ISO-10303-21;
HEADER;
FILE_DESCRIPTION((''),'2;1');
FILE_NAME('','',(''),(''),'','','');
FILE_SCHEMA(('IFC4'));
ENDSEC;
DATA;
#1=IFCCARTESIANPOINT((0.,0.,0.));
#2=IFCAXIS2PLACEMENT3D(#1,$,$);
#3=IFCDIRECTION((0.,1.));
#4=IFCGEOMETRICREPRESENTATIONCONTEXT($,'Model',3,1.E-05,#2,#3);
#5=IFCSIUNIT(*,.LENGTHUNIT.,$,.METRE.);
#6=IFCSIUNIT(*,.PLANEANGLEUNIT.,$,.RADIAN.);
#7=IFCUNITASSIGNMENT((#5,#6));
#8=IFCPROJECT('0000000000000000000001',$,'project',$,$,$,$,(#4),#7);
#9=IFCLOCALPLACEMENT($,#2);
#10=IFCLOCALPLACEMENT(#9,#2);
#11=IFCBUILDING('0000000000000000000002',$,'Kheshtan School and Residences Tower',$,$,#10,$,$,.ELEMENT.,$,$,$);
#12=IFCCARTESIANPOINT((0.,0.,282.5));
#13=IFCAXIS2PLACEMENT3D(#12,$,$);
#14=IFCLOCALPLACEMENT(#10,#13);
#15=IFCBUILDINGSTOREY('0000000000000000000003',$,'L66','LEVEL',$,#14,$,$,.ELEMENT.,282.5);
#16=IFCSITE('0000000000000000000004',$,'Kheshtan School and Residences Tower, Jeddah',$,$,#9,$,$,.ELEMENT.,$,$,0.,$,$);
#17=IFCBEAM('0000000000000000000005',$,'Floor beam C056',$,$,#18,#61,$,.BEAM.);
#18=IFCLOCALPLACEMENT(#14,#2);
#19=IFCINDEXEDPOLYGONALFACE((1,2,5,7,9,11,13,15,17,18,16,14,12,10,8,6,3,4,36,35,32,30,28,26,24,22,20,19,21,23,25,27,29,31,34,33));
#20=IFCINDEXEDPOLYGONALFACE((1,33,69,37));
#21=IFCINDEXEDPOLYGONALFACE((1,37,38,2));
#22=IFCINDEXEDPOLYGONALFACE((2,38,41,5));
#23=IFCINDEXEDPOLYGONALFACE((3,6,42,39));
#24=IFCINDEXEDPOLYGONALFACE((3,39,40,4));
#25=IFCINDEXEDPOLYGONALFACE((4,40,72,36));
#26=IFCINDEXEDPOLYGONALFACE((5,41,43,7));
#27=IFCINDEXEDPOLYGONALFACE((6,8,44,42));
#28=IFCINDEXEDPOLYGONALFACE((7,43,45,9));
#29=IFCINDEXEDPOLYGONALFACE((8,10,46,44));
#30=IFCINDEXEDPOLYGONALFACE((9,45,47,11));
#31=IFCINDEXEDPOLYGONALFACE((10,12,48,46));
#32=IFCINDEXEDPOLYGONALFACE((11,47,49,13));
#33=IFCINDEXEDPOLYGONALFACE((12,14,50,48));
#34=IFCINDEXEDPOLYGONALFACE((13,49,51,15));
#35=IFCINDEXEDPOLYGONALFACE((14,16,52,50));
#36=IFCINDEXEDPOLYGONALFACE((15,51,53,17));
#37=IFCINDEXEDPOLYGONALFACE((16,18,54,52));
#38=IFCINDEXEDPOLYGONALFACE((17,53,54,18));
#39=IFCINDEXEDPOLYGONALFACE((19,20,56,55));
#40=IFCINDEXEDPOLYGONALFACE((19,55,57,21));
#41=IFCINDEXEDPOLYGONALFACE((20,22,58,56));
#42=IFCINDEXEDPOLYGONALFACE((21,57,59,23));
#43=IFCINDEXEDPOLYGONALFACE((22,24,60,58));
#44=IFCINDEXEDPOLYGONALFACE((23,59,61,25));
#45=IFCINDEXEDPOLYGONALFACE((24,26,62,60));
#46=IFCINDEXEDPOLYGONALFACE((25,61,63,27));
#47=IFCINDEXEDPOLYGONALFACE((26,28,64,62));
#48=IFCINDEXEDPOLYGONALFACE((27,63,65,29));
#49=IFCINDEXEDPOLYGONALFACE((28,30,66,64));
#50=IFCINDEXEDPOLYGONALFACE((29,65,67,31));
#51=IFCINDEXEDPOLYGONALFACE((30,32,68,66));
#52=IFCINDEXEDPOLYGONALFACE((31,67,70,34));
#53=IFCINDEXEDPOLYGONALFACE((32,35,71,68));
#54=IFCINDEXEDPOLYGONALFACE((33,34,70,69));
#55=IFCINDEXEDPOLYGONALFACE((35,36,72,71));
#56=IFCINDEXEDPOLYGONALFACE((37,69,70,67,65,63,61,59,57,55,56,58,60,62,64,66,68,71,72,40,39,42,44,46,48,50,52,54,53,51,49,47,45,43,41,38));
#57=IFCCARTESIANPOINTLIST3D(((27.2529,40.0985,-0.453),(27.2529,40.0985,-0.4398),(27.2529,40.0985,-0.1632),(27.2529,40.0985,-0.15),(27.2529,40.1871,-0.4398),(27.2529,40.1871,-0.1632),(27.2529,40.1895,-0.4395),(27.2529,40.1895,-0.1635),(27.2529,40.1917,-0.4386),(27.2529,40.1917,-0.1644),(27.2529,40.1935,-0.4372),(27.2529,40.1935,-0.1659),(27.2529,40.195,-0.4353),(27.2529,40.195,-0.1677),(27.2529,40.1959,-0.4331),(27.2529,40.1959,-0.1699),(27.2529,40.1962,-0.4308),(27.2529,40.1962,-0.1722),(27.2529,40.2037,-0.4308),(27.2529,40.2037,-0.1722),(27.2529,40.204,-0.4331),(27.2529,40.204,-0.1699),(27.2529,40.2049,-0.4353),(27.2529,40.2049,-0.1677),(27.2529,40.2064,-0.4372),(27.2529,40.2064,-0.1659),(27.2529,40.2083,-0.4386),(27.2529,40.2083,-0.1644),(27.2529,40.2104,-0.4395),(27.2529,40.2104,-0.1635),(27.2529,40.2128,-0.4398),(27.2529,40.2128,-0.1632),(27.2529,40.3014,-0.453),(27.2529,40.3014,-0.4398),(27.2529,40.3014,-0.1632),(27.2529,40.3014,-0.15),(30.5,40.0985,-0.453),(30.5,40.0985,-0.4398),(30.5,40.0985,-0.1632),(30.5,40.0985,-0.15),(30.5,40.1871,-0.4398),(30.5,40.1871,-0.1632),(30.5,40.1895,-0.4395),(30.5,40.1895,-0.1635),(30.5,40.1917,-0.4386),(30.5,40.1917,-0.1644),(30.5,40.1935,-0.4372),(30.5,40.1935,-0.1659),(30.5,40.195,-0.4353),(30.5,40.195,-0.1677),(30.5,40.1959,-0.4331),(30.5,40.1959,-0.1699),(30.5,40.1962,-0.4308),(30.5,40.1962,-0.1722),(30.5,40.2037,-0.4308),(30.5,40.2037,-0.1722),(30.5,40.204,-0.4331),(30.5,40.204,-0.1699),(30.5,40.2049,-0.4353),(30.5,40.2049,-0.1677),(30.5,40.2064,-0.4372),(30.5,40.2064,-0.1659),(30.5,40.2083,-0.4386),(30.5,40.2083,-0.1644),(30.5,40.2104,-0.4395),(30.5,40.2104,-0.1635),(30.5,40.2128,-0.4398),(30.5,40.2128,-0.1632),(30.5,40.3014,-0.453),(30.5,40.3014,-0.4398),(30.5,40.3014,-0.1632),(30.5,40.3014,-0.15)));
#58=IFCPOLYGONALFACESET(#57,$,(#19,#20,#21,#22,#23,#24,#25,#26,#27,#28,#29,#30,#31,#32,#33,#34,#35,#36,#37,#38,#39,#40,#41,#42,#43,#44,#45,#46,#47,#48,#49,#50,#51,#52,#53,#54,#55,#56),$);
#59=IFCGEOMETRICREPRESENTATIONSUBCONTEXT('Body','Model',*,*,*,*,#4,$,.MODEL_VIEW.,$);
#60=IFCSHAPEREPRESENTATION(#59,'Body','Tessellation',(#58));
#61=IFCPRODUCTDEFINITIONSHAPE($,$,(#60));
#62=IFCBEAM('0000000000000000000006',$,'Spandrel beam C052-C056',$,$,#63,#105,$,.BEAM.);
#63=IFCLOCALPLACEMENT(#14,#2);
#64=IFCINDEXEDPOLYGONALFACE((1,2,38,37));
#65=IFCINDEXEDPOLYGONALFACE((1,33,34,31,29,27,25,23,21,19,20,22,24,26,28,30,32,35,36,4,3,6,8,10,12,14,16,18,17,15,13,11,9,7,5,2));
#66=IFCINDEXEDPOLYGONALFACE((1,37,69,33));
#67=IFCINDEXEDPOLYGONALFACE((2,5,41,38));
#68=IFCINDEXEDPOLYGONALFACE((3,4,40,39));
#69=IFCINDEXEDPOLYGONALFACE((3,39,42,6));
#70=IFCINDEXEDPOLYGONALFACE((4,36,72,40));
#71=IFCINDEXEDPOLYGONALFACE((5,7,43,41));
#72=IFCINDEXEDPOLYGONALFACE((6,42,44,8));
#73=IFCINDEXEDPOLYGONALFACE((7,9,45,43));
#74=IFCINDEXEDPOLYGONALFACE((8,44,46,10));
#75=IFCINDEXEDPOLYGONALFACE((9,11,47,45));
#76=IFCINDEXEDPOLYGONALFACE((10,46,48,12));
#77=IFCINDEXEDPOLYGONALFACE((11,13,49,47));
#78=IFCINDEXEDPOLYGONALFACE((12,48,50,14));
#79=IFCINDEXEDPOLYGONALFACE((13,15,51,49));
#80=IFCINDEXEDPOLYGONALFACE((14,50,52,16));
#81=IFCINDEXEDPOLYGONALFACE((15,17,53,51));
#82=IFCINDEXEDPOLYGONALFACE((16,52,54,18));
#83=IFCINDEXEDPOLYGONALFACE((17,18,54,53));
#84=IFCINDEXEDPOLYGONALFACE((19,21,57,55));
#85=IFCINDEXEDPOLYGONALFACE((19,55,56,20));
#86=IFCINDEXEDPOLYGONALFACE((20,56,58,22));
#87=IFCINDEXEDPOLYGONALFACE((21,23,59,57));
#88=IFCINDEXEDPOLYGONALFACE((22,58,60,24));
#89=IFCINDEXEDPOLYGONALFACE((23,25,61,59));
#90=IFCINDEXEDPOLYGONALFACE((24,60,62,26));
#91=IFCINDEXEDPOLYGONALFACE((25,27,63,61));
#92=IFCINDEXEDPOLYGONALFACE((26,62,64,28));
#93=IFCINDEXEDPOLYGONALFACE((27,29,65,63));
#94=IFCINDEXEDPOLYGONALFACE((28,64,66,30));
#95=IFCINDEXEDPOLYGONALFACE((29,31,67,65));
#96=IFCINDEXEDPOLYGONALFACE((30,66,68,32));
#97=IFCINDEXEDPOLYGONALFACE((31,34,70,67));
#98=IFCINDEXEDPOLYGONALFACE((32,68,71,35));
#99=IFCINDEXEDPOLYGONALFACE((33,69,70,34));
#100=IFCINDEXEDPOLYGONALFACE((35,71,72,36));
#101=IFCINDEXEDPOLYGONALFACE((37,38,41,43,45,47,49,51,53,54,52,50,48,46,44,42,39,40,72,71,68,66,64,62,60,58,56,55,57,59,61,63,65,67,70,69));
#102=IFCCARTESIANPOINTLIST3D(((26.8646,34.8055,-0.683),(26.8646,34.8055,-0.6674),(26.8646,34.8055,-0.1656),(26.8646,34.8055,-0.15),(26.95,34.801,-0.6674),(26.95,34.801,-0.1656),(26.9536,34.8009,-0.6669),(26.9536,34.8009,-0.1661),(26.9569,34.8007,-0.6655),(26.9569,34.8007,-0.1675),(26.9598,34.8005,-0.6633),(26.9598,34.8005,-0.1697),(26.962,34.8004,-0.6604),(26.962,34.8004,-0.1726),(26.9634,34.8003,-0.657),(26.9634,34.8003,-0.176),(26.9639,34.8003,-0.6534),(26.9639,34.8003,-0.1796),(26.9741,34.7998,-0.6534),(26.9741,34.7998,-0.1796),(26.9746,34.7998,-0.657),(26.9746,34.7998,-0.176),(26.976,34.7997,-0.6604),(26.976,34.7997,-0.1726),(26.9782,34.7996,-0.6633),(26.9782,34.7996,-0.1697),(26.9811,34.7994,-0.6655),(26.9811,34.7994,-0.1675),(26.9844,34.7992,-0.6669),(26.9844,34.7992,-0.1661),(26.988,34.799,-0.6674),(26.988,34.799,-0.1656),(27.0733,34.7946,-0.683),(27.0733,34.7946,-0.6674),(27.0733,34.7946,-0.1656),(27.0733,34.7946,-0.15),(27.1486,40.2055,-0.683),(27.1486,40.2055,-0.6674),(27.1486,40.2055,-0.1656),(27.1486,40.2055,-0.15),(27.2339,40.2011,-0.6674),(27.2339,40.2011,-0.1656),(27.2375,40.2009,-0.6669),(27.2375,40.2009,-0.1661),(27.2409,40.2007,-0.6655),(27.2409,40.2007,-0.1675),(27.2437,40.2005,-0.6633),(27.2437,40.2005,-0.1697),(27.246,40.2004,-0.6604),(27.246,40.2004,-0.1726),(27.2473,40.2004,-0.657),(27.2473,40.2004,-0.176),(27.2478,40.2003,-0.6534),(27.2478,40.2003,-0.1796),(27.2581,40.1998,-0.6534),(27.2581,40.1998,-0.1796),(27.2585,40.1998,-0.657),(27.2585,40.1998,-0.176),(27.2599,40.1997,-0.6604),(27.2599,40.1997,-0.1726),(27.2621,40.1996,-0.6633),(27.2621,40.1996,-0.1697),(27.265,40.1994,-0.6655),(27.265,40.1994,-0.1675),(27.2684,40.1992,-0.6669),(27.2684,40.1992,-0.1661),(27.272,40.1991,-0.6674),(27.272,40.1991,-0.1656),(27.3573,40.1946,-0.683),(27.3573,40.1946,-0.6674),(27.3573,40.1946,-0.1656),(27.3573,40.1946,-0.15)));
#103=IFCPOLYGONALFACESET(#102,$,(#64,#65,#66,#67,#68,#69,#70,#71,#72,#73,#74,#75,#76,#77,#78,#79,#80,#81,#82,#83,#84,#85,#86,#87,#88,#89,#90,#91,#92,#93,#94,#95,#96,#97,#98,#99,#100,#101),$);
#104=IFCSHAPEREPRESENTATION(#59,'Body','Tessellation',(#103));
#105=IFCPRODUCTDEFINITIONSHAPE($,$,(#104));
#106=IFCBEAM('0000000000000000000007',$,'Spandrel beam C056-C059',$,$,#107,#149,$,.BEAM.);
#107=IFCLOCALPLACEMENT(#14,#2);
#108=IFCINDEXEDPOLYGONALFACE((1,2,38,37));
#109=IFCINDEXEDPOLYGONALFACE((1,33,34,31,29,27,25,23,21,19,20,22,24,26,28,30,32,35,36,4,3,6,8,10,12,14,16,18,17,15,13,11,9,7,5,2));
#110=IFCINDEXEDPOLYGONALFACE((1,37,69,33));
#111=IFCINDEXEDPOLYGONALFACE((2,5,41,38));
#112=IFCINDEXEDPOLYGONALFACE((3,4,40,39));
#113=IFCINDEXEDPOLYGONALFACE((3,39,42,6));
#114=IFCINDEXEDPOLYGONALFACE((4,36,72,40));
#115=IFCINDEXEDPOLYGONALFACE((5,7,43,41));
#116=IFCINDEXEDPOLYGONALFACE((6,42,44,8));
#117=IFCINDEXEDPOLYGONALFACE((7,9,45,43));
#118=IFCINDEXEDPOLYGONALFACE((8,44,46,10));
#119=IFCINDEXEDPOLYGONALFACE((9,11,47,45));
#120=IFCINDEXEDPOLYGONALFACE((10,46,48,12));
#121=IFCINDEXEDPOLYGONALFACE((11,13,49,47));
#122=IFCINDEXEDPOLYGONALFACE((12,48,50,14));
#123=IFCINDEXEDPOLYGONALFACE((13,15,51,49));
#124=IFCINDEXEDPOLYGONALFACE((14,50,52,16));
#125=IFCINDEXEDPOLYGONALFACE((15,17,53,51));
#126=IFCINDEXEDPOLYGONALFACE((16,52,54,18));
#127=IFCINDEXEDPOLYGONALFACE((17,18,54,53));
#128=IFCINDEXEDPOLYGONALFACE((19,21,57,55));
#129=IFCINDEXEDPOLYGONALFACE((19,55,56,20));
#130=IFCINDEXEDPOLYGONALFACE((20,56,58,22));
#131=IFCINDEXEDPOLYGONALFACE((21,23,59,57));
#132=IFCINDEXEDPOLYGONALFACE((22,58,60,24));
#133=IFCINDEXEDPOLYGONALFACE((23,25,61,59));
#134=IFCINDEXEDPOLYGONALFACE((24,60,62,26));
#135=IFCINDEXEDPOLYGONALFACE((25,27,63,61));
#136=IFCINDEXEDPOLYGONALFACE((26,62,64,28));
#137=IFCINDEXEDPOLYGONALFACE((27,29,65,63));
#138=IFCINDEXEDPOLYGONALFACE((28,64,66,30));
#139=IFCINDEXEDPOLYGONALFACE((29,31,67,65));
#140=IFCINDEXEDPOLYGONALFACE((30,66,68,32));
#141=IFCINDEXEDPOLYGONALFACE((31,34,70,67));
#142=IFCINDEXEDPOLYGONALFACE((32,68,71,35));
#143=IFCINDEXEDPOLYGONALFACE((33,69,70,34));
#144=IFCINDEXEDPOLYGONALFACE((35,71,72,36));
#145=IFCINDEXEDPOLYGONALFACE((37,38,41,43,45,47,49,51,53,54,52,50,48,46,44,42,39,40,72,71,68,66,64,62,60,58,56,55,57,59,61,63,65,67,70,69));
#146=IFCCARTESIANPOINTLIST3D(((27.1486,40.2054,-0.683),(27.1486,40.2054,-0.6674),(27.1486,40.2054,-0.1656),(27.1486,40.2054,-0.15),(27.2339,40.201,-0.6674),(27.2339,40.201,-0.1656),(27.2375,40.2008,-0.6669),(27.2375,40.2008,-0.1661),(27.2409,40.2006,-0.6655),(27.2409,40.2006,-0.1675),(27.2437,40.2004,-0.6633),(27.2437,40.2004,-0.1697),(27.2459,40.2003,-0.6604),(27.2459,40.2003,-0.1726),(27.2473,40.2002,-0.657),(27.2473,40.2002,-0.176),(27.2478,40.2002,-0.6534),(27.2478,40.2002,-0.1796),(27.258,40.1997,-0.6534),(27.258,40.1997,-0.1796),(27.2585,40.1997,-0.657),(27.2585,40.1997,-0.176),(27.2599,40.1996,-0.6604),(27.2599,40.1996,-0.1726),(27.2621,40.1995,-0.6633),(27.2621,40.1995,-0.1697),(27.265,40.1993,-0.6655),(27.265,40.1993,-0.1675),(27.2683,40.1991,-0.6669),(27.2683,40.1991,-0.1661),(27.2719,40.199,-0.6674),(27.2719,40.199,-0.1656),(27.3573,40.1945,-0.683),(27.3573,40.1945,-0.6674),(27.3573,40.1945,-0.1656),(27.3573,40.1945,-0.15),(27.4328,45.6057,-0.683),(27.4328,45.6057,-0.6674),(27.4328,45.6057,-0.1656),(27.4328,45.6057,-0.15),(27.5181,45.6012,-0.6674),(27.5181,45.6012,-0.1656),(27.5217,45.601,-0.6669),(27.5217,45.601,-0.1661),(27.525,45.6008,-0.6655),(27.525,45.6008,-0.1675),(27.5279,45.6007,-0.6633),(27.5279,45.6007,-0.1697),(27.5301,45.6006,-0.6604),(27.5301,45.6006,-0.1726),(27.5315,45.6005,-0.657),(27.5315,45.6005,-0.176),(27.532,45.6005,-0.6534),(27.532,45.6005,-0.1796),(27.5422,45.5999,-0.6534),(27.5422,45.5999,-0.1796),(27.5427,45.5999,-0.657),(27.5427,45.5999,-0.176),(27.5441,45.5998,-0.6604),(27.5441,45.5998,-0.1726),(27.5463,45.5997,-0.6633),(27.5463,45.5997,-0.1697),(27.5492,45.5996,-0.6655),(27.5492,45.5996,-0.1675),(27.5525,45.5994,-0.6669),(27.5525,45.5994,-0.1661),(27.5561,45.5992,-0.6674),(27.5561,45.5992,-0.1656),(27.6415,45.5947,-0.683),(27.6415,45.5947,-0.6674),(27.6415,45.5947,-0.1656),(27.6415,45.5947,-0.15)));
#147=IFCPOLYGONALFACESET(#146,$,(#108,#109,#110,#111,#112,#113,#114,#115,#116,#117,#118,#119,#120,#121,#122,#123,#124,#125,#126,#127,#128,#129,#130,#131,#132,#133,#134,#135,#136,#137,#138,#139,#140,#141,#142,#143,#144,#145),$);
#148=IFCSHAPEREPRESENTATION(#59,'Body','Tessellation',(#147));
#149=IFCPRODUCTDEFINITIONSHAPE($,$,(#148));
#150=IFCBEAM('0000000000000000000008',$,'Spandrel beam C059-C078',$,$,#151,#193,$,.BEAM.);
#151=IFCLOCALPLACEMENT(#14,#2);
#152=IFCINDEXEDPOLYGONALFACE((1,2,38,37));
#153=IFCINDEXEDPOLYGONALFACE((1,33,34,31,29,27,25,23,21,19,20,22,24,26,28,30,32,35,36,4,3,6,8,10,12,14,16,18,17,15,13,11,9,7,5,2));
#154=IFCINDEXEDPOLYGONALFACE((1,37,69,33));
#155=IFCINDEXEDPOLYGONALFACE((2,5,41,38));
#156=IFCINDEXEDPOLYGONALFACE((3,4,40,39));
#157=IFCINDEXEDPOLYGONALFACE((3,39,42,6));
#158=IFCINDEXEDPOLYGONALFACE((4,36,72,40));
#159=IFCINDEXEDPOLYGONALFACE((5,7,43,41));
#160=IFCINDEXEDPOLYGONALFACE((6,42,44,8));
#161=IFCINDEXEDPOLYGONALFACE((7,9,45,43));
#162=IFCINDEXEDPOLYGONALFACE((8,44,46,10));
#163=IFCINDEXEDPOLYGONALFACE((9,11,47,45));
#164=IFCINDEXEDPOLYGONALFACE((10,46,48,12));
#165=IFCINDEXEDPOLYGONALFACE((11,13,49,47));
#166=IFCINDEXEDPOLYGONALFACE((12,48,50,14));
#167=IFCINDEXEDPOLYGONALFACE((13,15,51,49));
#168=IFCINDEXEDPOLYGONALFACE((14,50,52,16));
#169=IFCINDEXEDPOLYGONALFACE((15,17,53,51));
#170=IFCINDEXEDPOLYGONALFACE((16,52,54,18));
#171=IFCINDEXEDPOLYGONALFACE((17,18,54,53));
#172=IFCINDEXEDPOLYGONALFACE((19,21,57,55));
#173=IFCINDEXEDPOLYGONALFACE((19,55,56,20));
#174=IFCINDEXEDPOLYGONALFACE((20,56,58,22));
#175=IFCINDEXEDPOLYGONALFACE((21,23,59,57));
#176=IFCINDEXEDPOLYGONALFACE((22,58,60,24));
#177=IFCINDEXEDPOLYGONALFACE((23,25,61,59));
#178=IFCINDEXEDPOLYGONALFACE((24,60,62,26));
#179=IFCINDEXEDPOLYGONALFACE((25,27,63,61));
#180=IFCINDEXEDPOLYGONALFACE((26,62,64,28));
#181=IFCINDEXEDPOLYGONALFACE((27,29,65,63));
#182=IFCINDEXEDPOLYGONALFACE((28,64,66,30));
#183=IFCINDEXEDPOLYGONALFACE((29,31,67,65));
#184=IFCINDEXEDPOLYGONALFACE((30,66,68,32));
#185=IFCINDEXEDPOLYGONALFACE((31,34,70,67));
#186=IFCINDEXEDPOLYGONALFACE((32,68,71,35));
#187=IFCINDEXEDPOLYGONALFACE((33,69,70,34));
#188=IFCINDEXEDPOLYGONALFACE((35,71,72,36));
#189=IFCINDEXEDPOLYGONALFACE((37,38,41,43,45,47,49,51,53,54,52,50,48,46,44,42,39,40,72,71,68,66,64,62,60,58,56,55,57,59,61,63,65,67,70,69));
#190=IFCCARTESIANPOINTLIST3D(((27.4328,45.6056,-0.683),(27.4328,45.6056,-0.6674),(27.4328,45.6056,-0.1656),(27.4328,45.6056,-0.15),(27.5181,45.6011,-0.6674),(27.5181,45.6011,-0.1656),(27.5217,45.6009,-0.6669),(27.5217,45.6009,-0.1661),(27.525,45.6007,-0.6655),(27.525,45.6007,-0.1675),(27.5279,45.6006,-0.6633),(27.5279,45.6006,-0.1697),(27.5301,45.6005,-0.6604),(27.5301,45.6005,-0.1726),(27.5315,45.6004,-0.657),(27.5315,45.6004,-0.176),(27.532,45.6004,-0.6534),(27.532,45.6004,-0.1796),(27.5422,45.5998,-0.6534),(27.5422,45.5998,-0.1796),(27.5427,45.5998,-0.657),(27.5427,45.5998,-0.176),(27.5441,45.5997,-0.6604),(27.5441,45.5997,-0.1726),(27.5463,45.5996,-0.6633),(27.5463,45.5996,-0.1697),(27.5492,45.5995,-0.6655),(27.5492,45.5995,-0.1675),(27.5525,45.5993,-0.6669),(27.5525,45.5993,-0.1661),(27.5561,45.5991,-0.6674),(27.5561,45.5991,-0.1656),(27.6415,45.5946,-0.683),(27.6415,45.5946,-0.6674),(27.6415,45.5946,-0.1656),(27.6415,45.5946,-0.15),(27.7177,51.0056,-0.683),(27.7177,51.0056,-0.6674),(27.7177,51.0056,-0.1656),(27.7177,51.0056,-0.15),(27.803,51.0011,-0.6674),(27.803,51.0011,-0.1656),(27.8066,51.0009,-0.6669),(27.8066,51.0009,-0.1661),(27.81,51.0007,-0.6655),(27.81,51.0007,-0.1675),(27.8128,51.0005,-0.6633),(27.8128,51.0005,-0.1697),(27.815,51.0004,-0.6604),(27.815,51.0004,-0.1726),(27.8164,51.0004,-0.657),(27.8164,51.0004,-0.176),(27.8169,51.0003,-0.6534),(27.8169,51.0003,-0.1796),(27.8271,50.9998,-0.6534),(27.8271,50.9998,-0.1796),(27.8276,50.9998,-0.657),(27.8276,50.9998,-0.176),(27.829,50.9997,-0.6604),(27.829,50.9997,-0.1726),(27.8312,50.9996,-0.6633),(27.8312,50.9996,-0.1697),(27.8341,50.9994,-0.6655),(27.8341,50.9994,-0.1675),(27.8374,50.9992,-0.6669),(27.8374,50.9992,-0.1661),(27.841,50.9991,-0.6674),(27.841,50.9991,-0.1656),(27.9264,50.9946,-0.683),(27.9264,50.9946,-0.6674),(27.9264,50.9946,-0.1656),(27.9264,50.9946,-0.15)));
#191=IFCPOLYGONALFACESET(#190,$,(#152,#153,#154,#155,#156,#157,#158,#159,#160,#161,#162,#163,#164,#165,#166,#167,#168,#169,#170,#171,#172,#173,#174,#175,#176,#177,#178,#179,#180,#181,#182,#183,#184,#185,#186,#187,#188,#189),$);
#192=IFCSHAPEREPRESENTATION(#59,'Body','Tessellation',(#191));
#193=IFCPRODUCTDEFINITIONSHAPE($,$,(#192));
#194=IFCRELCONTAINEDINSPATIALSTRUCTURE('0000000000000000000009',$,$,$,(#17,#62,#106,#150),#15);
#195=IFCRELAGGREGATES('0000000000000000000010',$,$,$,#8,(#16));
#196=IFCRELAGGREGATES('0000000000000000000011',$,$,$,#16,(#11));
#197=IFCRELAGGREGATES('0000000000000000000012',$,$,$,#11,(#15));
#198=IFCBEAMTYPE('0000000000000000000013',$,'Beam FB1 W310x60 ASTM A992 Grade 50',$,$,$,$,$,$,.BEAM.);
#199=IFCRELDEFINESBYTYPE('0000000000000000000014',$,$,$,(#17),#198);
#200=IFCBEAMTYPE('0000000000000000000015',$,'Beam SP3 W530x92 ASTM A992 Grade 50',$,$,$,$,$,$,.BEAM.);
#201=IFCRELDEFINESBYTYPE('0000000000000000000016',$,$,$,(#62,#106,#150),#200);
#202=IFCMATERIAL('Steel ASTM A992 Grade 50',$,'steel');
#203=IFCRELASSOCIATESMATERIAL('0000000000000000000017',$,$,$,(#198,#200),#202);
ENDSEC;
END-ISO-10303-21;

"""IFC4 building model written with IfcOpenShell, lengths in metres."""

from ifc_helpers import new_model, si_unit, direction, frame, origin, origin_2d, place, context, subcontext, project, spatial, i_section, extrude, material, material_profile, profile_set, type_object, element, save


model = new_model("IFC4")

# Units and contexts
model_context = context("Model", 3, precision=1e-05, world=origin(), true_north=direction((0.0, 1.0)))
body_context = subcontext(model_context, "Body", "Model", "MODEL_VIEW")
ifc_project = project(units=[si_unit("LENGTHUNIT", "METRE"), si_unit("PLANEANGLEUNIT", "RADIAN")], contexts=[model_context])

# Site, building, storey
site_placement = place(None, origin())
site = spatial("IfcSite", under=ifc_project, at=site_placement, Name="Kheshtan School and Residences Tower, Jeddah", CompositionType="ELEMENT", RefElevation=0.0)
building_placement = place(site_placement, origin())
building = spatial("IfcBuilding", under=site, at=building_placement, Name="Kheshtan School and Residences Tower", CompositionType="ELEMENT")
storey_placement = place(building_placement, frame((0.0, 0.0, 282.5)))
storey = spatial("IfcBuildingStorey", under=building, at=storey_placement, Name="L66", Description="LEVEL", CompositionType="ELEMENT", Elevation=282.5)

# Shared definitions
ifc_material_1 = material(Name="Steel ASTM A992 Grade 50", Category="steel")

# Beams
ifc_material_profile_1 = material_profile(ifc_material_1, i_section(OverallWidth=0.2029, OverallDepth=0.303, WebThickness=0.0076, FlangeThickness=0.0132, FilletRadius=0.009, at=origin_2d()), Name="W310x60")
ifc_profile_set_1 = profile_set([ifc_material_profile_1], Name="Steel ASTM A992 Grade 50")
beam_type_1 = type_object("IfcBeamType", Name="Beam FB1 W310x60 ASTM A992 Grade 50", PredefinedType="BEAM", material=ifc_profile_set_1)
beam_1_placement = place(storey_placement, frame((27.2529, 40.2, -0.3015), z_axis=(1.0, 0.0, 0.0), x_axis=(0.0, 1.0, 0.0)))
element("IfcBeam", 1, at=beam_1_placement, inside=storey, type_object=beam_type_1, Name="Floor beam C056", PredefinedType="BEAM", context=body_context, shape_type="SweptSolid", body=[
    extrude(i_section(OverallWidth=0.2029, OverallDepth=0.303, WebThickness=0.0076, FlangeThickness=0.0132, FilletRadius=0.009, at=origin_2d()), origin(), (0.0, 0.0, 1.0), 3.2471),
])
ifc_material_profile_2 = material_profile(ifc_material_1, i_section(OverallWidth=0.209, OverallDepth=0.533, WebThickness=0.0103, FlangeThickness=0.0156, FilletRadius=0.0139, at=origin_2d()), Name="W530x92")
ifc_profile_set_2 = profile_set([ifc_material_profile_2], Name="Steel ASTM A992 Grade 50")
beam_type_2 = type_object("IfcBeamType", Name="Beam SP3 W530x92 ASTM A992 Grade 50", PredefinedType="BEAM", material=ifc_profile_set_2)
beam_2_placement = place(storey_placement, frame((26.969, 34.8, -0.4165), z_axis=(0.052509, 0.99862, 0.0), x_axis=(-0.99862, 0.052509, 0.0)))
element("IfcBeam", 2, at=beam_2_placement, inside=storey, type_object=beam_type_2, Name="Spandrel beam C052-C056", PredefinedType="BEAM", context=body_context, shape_type="SweptSolid", body=[
    extrude(i_section(OverallWidth=0.209, OverallDepth=0.533, WebThickness=0.0103, FlangeThickness=0.0156, FilletRadius=0.0139, at=origin_2d()), origin(), (0.0, 0.0, 1.0), 5.4075),
])
beam_3_placement = place(storey_placement, frame((27.2529, 40.2, -0.4165), z_axis=(0.052552, 0.998618, 0.0), x_axis=(-0.998618, 0.052552, 0.0)))
element("IfcBeam", 3, at=beam_3_placement, inside=storey, type_object=beam_type_2, Name="Spandrel beam C056-C059", PredefinedType="BEAM", context=body_context, shape_type="SweptSolid", body=[
    extrude(i_section(OverallWidth=0.209, OverallDepth=0.533, WebThickness=0.0103, FlangeThickness=0.0156, FilletRadius=0.0139, at=origin_2d()), origin(), (0.0, 0.0, 1.0), 5.4077),
])
beam_4_placement = place(storey_placement, frame((27.5371, 45.6001, -0.4165), z_axis=(0.052689, 0.998611, 0.0), x_axis=(-0.998611, 0.052689, 0.0)))
element("IfcBeam", 4, at=beam_4_placement, inside=storey, type_object=beam_type_2, Name="Spandrel beam C059-C078", PredefinedType="BEAM", context=body_context, shape_type="SweptSolid", body=[
    extrude(i_section(OverallWidth=0.209, OverallDepth=0.533, WebThickness=0.0103, FlangeThickness=0.0156, FilletRadius=0.0139, at=origin_2d()), origin(), (0.0, 0.0, 1.0), 5.4075),
])

save(model, "model.ifc")
